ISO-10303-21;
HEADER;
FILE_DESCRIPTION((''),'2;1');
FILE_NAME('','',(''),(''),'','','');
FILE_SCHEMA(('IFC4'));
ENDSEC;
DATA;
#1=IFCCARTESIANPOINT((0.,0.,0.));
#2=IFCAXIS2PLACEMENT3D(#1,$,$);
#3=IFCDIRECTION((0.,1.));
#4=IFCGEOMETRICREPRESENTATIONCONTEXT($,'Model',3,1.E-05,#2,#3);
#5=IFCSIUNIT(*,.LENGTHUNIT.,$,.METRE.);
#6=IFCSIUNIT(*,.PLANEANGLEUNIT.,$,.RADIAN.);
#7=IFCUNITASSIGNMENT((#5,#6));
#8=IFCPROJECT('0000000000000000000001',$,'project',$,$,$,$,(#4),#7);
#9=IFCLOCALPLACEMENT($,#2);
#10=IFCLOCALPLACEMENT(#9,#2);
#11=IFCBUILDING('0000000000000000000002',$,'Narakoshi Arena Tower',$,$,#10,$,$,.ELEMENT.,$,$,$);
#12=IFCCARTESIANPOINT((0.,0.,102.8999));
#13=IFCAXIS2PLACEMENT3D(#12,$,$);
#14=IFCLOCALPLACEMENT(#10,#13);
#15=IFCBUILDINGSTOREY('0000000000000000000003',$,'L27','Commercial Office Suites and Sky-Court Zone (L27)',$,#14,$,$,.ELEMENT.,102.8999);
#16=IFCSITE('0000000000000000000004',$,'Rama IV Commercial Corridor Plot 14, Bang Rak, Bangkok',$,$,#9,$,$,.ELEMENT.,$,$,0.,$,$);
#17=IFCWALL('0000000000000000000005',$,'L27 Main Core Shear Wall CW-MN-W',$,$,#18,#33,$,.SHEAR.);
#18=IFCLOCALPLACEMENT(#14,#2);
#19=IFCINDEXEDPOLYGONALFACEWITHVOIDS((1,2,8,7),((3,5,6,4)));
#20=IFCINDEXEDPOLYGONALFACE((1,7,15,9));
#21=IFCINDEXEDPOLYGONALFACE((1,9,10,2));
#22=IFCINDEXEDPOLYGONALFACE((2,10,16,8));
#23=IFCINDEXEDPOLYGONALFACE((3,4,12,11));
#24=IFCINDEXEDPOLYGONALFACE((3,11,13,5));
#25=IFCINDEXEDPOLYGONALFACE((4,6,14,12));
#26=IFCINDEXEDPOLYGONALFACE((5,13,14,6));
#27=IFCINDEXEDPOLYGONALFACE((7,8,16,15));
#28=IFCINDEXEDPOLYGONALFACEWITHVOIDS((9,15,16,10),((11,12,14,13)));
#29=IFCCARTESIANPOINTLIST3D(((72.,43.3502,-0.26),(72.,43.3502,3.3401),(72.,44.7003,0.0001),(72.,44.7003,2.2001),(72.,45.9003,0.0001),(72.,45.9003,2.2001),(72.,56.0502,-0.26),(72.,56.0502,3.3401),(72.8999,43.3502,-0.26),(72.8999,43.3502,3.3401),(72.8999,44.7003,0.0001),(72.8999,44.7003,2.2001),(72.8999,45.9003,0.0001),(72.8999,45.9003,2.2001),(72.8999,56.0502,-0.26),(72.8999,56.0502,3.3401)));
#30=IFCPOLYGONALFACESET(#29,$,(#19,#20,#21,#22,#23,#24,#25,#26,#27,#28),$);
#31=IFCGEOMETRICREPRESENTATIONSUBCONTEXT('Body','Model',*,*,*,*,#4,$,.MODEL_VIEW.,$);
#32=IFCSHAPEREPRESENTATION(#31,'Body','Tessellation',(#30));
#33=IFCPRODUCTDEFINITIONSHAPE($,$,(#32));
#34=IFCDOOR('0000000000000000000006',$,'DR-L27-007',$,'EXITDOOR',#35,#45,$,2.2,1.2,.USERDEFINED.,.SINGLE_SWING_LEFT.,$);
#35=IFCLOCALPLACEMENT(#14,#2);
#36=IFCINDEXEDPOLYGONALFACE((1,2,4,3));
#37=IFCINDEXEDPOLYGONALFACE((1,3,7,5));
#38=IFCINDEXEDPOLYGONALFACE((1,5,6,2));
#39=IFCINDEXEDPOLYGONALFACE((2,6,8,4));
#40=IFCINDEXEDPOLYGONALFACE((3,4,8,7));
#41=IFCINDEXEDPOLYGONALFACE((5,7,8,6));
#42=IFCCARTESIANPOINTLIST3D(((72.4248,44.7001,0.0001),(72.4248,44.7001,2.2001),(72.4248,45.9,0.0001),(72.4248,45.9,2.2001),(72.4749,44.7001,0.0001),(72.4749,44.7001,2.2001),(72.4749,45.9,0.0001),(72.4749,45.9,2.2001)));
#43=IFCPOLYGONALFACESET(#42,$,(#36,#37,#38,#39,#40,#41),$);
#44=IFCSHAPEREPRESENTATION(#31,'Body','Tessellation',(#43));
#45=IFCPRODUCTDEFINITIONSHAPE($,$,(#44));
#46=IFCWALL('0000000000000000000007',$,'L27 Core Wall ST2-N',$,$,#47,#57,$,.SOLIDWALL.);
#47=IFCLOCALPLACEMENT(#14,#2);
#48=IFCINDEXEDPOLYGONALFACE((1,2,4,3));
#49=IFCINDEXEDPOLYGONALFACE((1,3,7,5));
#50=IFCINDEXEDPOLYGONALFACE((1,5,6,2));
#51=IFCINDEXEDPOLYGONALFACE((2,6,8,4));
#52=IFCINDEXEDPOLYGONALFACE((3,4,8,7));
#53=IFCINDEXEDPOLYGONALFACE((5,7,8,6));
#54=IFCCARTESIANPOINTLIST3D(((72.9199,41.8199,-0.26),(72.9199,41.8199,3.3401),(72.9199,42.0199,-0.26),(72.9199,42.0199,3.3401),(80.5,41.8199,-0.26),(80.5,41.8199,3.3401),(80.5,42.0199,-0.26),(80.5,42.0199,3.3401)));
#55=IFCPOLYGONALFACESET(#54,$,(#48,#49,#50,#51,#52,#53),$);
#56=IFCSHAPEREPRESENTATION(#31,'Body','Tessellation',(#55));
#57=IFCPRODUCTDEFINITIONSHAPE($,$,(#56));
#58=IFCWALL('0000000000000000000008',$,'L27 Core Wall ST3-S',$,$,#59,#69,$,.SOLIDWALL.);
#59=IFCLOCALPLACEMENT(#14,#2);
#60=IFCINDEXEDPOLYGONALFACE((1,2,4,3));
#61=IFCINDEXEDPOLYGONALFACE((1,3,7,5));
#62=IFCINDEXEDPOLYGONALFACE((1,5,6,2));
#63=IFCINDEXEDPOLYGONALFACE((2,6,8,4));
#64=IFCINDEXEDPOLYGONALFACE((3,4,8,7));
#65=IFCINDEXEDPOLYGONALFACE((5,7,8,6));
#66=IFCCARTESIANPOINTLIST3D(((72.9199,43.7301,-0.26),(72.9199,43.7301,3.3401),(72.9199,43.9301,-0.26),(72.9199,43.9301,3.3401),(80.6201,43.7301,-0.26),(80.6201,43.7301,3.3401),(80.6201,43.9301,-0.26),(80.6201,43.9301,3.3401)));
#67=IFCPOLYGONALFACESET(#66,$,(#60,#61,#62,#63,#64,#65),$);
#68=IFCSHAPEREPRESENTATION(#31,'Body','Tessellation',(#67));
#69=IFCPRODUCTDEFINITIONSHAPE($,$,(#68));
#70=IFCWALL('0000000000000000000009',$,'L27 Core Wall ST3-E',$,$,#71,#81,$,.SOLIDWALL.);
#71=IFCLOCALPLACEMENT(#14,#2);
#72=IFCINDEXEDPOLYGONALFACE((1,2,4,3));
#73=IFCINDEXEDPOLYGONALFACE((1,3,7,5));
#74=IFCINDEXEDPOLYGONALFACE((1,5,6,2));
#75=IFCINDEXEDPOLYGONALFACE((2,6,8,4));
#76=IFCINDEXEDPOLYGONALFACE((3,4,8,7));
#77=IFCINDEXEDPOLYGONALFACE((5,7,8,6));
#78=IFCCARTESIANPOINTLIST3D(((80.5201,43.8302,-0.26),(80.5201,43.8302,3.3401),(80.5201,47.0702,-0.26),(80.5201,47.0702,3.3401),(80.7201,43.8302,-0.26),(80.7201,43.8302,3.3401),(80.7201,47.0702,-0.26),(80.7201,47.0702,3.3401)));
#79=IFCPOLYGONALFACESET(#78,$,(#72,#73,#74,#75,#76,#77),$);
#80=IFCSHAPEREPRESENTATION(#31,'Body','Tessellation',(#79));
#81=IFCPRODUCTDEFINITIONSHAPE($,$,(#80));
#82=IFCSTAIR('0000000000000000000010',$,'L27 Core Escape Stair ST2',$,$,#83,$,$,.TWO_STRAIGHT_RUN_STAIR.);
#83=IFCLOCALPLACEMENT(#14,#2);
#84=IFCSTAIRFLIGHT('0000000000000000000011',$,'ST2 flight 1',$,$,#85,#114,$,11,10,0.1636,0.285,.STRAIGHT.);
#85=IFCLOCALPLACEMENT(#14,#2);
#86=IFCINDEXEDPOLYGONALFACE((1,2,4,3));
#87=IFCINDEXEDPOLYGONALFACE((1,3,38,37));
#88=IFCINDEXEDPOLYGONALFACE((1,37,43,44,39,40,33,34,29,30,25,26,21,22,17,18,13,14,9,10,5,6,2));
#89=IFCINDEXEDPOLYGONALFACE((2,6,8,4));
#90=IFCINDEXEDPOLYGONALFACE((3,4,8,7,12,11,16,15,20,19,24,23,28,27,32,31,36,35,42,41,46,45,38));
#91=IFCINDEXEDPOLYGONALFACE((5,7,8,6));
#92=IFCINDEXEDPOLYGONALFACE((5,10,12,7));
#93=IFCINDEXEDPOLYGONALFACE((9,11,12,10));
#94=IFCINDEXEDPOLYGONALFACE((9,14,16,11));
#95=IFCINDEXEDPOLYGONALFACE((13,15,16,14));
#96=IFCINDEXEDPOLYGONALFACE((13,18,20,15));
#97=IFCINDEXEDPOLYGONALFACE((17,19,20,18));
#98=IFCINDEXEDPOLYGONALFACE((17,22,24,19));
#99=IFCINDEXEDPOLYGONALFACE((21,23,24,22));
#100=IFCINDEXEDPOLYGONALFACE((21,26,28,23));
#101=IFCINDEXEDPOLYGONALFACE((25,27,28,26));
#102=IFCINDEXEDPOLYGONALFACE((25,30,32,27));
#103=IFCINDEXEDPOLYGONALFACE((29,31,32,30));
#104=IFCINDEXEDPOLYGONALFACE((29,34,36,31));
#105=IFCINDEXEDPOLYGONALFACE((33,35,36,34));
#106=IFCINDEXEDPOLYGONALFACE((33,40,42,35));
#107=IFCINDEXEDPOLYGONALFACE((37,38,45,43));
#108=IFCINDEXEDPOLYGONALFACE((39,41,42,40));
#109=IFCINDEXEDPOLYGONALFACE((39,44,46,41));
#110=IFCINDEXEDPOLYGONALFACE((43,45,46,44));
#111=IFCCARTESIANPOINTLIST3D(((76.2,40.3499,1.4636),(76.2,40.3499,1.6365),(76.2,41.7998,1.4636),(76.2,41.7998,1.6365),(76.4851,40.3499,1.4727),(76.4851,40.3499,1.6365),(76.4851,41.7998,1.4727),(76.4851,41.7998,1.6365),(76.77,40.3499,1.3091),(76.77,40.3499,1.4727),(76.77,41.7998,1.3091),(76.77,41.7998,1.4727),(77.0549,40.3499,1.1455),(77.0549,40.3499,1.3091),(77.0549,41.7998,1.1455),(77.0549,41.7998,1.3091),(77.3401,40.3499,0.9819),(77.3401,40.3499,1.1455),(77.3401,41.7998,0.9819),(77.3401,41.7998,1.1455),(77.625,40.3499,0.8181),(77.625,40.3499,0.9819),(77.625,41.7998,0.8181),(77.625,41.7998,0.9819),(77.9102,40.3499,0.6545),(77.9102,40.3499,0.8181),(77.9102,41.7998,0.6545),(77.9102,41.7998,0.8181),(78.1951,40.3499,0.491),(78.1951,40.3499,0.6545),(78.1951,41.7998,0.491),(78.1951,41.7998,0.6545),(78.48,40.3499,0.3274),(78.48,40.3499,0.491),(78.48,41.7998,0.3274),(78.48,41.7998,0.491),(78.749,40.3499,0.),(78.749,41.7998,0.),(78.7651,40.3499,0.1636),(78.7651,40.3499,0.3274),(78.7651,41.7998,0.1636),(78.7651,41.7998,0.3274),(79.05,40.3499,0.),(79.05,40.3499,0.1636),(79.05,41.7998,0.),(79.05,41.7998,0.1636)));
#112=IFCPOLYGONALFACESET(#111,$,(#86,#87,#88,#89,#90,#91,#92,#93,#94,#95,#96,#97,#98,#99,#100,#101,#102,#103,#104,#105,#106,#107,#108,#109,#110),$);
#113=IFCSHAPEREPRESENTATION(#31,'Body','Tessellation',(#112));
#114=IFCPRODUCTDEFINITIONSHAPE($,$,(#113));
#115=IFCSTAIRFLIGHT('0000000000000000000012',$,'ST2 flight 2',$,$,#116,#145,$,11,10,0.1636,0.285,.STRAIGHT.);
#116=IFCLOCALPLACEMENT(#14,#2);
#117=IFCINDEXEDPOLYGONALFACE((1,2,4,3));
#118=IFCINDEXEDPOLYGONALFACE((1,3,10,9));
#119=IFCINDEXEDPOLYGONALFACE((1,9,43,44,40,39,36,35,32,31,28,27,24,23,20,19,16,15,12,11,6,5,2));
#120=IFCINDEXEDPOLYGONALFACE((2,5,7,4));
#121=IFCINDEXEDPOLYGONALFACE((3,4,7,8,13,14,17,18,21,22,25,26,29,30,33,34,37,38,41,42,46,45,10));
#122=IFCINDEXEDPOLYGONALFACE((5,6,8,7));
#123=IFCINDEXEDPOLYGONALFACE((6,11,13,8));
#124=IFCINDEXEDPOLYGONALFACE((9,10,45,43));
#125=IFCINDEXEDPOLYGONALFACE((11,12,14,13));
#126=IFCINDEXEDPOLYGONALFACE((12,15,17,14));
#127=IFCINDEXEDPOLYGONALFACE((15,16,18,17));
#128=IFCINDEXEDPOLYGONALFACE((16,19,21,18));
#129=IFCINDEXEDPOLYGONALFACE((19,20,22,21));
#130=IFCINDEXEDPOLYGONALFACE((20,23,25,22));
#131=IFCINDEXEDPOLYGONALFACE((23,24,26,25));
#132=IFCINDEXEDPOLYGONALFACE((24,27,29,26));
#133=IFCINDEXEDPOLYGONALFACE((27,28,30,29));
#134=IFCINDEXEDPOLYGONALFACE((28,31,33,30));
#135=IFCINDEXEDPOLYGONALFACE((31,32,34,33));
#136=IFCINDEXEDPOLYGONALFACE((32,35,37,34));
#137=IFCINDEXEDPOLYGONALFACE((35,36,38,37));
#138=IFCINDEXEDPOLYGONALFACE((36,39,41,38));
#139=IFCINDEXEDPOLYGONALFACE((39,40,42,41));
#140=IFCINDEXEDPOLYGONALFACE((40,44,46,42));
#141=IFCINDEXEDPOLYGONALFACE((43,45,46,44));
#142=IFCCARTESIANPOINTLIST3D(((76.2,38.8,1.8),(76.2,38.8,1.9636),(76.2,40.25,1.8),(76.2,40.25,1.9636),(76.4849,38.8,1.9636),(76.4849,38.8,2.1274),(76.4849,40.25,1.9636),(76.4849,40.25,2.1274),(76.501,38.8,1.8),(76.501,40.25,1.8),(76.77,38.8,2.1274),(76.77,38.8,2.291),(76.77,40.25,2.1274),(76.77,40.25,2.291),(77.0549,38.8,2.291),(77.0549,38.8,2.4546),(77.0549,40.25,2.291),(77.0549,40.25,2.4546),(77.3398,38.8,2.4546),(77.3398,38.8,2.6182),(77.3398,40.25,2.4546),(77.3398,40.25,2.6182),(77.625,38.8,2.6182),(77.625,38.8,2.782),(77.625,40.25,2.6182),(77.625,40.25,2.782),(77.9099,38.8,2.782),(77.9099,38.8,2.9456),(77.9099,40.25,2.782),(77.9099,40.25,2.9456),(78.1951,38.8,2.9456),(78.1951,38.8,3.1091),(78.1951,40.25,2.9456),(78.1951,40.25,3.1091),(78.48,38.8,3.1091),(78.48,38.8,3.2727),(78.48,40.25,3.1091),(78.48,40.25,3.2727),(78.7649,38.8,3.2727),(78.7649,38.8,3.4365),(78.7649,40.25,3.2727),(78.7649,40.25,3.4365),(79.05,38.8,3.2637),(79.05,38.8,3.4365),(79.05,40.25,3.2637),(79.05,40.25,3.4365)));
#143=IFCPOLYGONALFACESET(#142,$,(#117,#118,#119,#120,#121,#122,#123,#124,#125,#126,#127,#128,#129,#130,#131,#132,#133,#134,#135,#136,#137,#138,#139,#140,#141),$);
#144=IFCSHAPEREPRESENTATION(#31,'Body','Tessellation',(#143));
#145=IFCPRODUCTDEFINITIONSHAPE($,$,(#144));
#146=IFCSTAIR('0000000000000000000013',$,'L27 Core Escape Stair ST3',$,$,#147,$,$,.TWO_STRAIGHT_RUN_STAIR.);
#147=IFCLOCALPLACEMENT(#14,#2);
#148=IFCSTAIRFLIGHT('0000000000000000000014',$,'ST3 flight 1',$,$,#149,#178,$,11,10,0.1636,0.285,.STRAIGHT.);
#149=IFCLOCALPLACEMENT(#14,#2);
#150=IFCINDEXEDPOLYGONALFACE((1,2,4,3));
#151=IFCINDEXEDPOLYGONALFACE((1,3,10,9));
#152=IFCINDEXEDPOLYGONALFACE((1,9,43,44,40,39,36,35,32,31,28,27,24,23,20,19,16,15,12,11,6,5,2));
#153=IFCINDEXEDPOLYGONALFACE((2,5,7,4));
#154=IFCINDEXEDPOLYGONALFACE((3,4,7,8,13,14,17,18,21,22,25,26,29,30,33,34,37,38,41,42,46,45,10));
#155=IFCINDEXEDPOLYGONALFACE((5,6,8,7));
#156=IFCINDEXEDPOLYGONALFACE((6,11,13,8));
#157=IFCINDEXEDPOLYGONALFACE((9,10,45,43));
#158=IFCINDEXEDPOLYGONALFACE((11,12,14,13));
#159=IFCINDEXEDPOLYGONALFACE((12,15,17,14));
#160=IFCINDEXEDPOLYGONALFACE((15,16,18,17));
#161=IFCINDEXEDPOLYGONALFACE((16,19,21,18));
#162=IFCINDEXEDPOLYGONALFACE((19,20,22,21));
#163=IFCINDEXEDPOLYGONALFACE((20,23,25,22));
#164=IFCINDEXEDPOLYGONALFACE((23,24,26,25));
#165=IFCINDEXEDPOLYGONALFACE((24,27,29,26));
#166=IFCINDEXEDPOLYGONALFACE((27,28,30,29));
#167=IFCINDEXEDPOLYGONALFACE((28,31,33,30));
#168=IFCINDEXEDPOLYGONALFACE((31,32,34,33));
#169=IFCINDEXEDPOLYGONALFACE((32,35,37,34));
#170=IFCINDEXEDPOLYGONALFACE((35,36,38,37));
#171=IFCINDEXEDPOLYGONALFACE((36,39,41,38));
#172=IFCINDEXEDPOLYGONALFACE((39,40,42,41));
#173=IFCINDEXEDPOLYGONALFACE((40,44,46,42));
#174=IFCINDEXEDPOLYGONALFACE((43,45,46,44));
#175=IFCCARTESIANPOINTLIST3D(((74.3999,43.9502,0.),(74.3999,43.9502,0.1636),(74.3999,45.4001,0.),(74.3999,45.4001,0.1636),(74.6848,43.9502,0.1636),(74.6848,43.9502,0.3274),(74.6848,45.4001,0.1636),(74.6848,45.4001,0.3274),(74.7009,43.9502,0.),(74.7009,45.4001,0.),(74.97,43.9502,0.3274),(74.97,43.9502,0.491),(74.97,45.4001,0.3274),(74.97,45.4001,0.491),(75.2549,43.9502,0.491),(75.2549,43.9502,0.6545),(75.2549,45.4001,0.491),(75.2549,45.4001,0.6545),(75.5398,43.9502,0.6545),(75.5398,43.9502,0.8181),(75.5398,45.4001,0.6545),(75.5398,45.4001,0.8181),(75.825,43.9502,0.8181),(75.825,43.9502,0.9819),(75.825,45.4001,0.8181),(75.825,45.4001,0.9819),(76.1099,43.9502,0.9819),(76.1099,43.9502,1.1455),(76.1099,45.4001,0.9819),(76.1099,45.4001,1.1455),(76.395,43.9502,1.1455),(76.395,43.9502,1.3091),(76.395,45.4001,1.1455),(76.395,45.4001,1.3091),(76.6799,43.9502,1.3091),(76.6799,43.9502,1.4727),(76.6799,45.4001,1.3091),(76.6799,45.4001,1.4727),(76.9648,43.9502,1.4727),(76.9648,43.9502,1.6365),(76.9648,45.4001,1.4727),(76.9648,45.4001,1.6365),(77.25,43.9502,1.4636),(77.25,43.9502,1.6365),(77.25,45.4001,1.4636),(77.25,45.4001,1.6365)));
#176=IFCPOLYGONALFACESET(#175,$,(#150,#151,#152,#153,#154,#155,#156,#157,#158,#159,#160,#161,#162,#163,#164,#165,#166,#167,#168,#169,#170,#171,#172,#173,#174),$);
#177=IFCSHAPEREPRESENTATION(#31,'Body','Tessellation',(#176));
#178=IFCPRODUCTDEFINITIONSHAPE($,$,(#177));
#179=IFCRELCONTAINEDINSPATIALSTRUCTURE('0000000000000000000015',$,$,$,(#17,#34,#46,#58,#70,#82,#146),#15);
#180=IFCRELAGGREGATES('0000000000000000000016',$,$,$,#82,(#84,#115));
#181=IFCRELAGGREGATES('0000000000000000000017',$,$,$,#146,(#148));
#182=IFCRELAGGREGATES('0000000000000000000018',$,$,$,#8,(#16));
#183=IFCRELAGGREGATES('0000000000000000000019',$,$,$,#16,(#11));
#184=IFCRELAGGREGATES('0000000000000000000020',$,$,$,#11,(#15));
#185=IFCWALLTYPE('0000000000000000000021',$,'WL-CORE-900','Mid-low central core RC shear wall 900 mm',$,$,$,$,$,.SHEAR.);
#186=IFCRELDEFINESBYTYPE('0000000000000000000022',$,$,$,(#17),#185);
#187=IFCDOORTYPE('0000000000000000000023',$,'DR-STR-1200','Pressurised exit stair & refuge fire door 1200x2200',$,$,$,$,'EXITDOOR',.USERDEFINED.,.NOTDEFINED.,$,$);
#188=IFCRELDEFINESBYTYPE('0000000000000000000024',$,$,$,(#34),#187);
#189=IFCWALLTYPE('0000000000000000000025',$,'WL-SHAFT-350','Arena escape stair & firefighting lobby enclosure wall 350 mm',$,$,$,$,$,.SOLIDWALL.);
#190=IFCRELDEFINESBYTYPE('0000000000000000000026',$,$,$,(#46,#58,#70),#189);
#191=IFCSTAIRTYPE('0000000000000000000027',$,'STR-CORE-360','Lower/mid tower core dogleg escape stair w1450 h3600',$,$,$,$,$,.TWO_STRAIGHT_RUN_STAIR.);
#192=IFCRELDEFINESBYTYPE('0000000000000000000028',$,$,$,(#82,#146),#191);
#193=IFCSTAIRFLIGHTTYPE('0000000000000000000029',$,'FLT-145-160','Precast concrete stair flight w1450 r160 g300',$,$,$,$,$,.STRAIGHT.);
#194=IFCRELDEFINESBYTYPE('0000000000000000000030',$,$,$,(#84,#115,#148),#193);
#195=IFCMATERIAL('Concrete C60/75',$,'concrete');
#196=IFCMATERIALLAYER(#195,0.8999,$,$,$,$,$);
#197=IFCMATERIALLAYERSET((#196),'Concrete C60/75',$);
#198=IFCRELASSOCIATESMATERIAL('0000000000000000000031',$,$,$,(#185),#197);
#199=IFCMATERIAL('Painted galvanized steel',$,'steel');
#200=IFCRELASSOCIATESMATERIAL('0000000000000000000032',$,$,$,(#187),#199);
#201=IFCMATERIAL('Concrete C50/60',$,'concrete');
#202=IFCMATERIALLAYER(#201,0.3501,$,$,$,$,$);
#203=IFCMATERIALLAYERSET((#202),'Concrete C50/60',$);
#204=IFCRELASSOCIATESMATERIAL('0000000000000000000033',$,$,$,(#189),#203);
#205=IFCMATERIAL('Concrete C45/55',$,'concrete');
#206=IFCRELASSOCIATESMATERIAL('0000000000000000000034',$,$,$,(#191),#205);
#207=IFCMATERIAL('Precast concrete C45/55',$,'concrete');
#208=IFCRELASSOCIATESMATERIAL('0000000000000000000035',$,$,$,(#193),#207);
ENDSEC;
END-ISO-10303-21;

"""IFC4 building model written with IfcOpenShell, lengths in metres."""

from ifc_helpers import new_model, si_unit, direction, frame, frame_2d, origin, place, context, subcontext, project, spatial, polyline, rectangle, outline, extrude, material, layer, layer_set, type_object, element, fill, aggregate, save


model = new_model("IFC4")

# Units and contexts
model_context = context("Model", 3, precision=1e-05, world=origin(), true_north=direction((0.0, 1.0)))
body_context = subcontext(model_context, "Body", "Model", "MODEL_VIEW")
ifc_project = project(units=[si_unit("LENGTHUNIT", "METRE"), si_unit("PLANEANGLEUNIT", "RADIAN")], contexts=[model_context])

# Site, building, storey
site_placement = place(None, origin())
site = spatial("IfcSite", under=ifc_project, at=site_placement, Name="Rama IV Commercial Corridor Plot 14, Bang Rak, Bangkok", CompositionType="ELEMENT", RefElevation=0.0)
building_placement = place(site_placement, origin())
building = spatial("IfcBuilding", under=site, at=building_placement, Name="Narakoshi Arena Tower", CompositionType="ELEMENT")
storey_placement = place(building_placement, frame((0.0, 0.0, 102.8999)))
storey = spatial("IfcBuildingStorey", under=building, at=storey_placement, Name="L27", Description="Commercial Office Suites and Sky-Court Zone (L27)", CompositionType="ELEMENT", Elevation=102.8999)

# Wall, opening, door
ifc_material_1 = material(Name="Concrete C60/75", Category="concrete")
ifc_layer_1 = layer(ifc_material_1, 0.8999)
ifc_layer_set_1 = layer_set([ifc_layer_1], Name="Concrete C60/75")
wall_type_1 = type_object("IfcWallType", Name="WL-CORE-900", Description="Mid-low central core RC shear wall 900 mm", PredefinedType="SHEAR", material=ifc_layer_set_1)
wall_1_placement = place(storey_placement, frame((72.45, 43.3501, -0.26), z_axis=(0.0, 0.0, 1.0), x_axis=(0.0, 1.0, 0.0)))
wall_1 = element("IfcWall", 1, at=wall_1_placement, inside=storey, type_object=wall_type_1, Name="L27 Main Core Shear Wall CW-MN-W", PredefinedType="SHEAR", context=body_context, shape_type="SweptSolid", body=[
    extrude(rectangle(XDim=12.7, YDim=0.8999, at=frame_2d((6.3501, 0.0))), origin(), (0.0, 0.0, 1.0), 3.6001),
])
opening_placement = place(wall_1_placement, frame((1.3501, 0.0, 0.26)))
opening = element("IfcOpeningElement", 2, at=opening_placement, cuts=wall_1, PredefinedType="OPENING", context=body_context, shape_type="SweptSolid", body=[
    extrude(rectangle(XDim=1.2, YDim=2.2, at=frame_2d((0.6001, 1.1001))), frame((0.0, 0.46, 0.0), z_axis=(0.0, -1.0, 0.0), x_axis=(1.0, 0.0, 0.0)), (0.0, 0.0, 1.0), 0.9199),
])
ifc_material_2 = material(Name="Painted galvanized steel", Category="steel")
door_type = type_object("IfcDoorType", Name="DR-STR-1200", Description="Pressurised exit stair & refuge fire door 1200x2200", ElementType="EXITDOOR", OperationType="NOTDEFINED", PredefinedType="USERDEFINED", material=ifc_material_2)
door_placement = place(opening_placement, frame((1.2, 0.0, 0.0), z_axis=(0.0, 0.0, 1.0), x_axis=(-1.0, 0.0, 0.0)))
door = element("IfcDoor", 3, at=door_placement, inside=storey, type_object=door_type, Name="DR-L27-007", ObjectType="EXITDOOR", OperationType="SINGLE_SWING_LEFT", OverallHeight=2.2, OverallWidth=1.2, PredefinedType="USERDEFINED", context=body_context, shape_type="SweptSolid", body=[
    extrude(rectangle(XDim=1.2, YDim=2.2, at=frame_2d((0.6001, 1.1001))), frame((0.0, 0.0249, 0.0), z_axis=(0.0, -1.0, 0.0), x_axis=(1.0, 0.0, 0.0)), (0.0, 0.0, 1.0), 0.05),
])
fill(opening, door)

# Walls
ifc_material_3 = material(Name="Concrete C50/60", Category="concrete")
ifc_layer_2 = layer(ifc_material_3, 0.3501)
ifc_layer_set_2 = layer_set([ifc_layer_2], Name="Concrete C50/60")
wall_type_2 = type_object("IfcWallType", Name="WL-SHAFT-350", Description="Arena escape stair & firefighting lobby enclosure wall 350 mm", PredefinedType="SOLIDWALL", material=ifc_layer_set_2)
wall_2_placement = place(storey_placement, frame((72.9199, 41.9199, -0.26), z_axis=(0.0, 0.0, 1.0), x_axis=(1.0, 0.0, 0.0)))
element("IfcWall", 4, at=wall_2_placement, inside=storey, type_object=wall_type_2, Name="L27 Core Wall ST2-N", PredefinedType="SOLIDWALL", context=body_context, shape_type="SweptSolid", body=[
    extrude(rectangle(XDim=7.5801, YDim=0.2, at=frame_2d((3.79, 0.0))), origin(), (0.0, 0.0, 1.0), 3.6001),
])
wall_3_placement = place(storey_placement, frame((72.9199, 43.8301, -0.26), z_axis=(0.0, 0.0, 1.0), x_axis=(1.0, 0.0, 0.0)))
element("IfcWall", 5, at=wall_3_placement, inside=storey, type_object=wall_type_2, Name="L27 Core Wall ST3-S", PredefinedType="SOLIDWALL", context=body_context, shape_type="SweptSolid", body=[
    extrude(rectangle(XDim=7.7002, YDim=0.2, at=frame_2d((3.8501, 0.0))), origin(), (0.0, 0.0, 1.0), 3.6001),
])
wall_4_placement = place(storey_placement, frame((80.6201, 43.8301, -0.26), z_axis=(0.0, 0.0, 1.0), x_axis=(0.0, 1.0, 0.0)))
element("IfcWall", 6, at=wall_4_placement, inside=storey, type_object=wall_type_2, Name="L27 Core Wall ST3-E", PredefinedType="SOLIDWALL", context=body_context, shape_type="SweptSolid", body=[
    extrude(rectangle(XDim=3.24, YDim=0.2, at=frame_2d((1.6201, 0.0))), origin(), (0.0, 0.0, 1.0), 3.6001),
])

# Stair, stair flights
ifc_material_4 = material(Name="Concrete C45/55", Category="concrete")
stair_type = type_object("IfcStairType", Name="STR-CORE-360", Description="Lower/mid tower core dogleg escape stair w1450 h3600", PredefinedType="TWO_STRAIGHT_RUN_STAIR", material=ifc_material_4)
stair_1_placement = place(storey_placement, origin())
stair_1 = element("IfcStair", 7, at=stair_1_placement, inside=storey, type_object=stair_type, Name="L27 Core Escape Stair ST2", PredefinedType="TWO_STRAIGHT_RUN_STAIR")
ifc_material_5 = material(Name="Precast concrete C45/55", Category="concrete")
stair_flight_type = type_object("IfcStairFlightType", Name="FLT-145-160", Description="Precast concrete stair flight w1450 r160 g300", PredefinedType="STRAIGHT", material=ifc_material_5)
stair_flight_1_placement = place(storey_placement, frame((79.05, 41.075, 0.0), z_axis=(0.0, 0.0, 1.0), x_axis=(-1.0, 0.0, 0.0)))
stair_flight_1 = element("IfcStairFlight", 8, at=stair_flight_1_placement, type_object=stair_flight_type, Name="ST2 flight 1", NumberOfRisers=11, NumberOfTreads=10, PredefinedType="STRAIGHT", RiserHeight=0.1636, TreadLength=0.285, context=body_context, shape_type="SweptSolid", body=[
    extrude(outline(polyline([(0.0, 0.0), (0.0, 0.1636), (0.2849, 0.1636), (0.2849, 0.3274), (0.5701, 0.3274), (0.5701, 0.491), (0.855, 0.491), (0.855, 0.6545), (1.1399, 0.6545), (1.1399, 0.8181), (1.425, 0.8181), (1.425, 0.9819), (1.71, 0.9819), (1.71, 1.1455), (1.9951, 1.1455), (1.9951, 1.3091), (2.28, 1.3091), (2.28, 1.4727), (2.5649, 1.4727), (2.5649, 1.6365), (2.8501, 1.6365), (2.8501, 1.8), (2.8501, 1.4636), (0.301, 0.0), (0.0, 0.0)])), frame((0.0, 0.7251, 0.0), z_axis=(0.0, -1.0, 0.0), x_axis=(1.0, 0.0, 0.0)), (0.0, 0.0, 1.0), 1.45),
])
stair_flight_2_placement = place(storey_placement, frame((76.2, 39.5249, 1.8), z_axis=(0.0, 0.0, 1.0), x_axis=(1.0, 0.0, 0.0)))
stair_flight_2 = element("IfcStairFlight", 9, at=stair_flight_2_placement, type_object=stair_flight_type, Name="ST2 flight 2", NumberOfRisers=11, NumberOfTreads=10, PredefinedType="STRAIGHT", RiserHeight=0.1636, TreadLength=0.285, context=body_context, shape_type="SweptSolid", body=[
    extrude(outline(polyline([(0.0, 0.0), (0.0, 0.1636), (0.2849, 0.1636), (0.2849, 0.3274), (0.5701, 0.3274), (0.5701, 0.491), (0.855, 0.491), (0.855, 0.6545), (1.1399, 0.6545), (1.1399, 0.8181), (1.425, 0.8181), (1.425, 0.9819), (1.71, 0.9819), (1.71, 1.1455), (1.9951, 1.1455), (1.9951, 1.3091), (2.28, 1.3091), (2.28, 1.4727), (2.5649, 1.4727), (2.5649, 1.6365), (2.8501, 1.6365), (2.8501, 1.8), (2.8501, 1.4636), (0.301, 0.0), (0.0, 0.0)])), frame((0.0, 0.7251, 0.0), z_axis=(0.0, -1.0, 0.0), x_axis=(1.0, 0.0, 0.0)), (0.0, 0.0, 1.0), 1.45),
])
aggregate(stair_1, [stair_flight_1, stair_flight_2])

# Stair, stair flight
stair_2_placement = place(storey_placement, origin())
stair_2 = element("IfcStair", 10, at=stair_2_placement, inside=storey, type_object=stair_type, Name="L27 Core Escape Stair ST3", PredefinedType="TWO_STRAIGHT_RUN_STAIR")
stair_flight_3_placement = place(storey_placement, frame((74.3999, 44.675, 0.0), z_axis=(0.0, 0.0, 1.0), x_axis=(1.0, 0.0, 0.0)))
stair_flight_3 = element("IfcStairFlight", 11, at=stair_flight_3_placement, type_object=stair_flight_type, Name="ST3 flight 1", NumberOfRisers=11, NumberOfTreads=10, PredefinedType="STRAIGHT", RiserHeight=0.1636, TreadLength=0.285, context=body_context, shape_type="SweptSolid", body=[
    extrude(outline(polyline([(0.0, 0.0), (0.0, 0.1636), (0.2849, 0.1636), (0.2849, 0.3274), (0.5701, 0.3274), (0.5701, 0.491), (0.855, 0.491), (0.855, 0.6545), (1.1399, 0.6545), (1.1399, 0.8181), (1.425, 0.8181), (1.425, 0.9819), (1.71, 0.9819), (1.71, 1.1455), (1.9951, 1.1455), (1.9951, 1.3091), (2.28, 1.3091), (2.28, 1.4727), (2.5649, 1.4727), (2.5649, 1.6365), (2.8501, 1.6365), (2.8501, 1.8), (2.8501, 1.4636), (0.301, 0.0), (0.0, 0.0)])), frame((0.0, 0.7251, 0.0), z_axis=(0.0, -1.0, 0.0), x_axis=(1.0, 0.0, 0.0)), (0.0, 0.0, 1.0), 1.45),
])
aggregate(stair_2, [stair_flight_3])

save(model, "model.ifc")
